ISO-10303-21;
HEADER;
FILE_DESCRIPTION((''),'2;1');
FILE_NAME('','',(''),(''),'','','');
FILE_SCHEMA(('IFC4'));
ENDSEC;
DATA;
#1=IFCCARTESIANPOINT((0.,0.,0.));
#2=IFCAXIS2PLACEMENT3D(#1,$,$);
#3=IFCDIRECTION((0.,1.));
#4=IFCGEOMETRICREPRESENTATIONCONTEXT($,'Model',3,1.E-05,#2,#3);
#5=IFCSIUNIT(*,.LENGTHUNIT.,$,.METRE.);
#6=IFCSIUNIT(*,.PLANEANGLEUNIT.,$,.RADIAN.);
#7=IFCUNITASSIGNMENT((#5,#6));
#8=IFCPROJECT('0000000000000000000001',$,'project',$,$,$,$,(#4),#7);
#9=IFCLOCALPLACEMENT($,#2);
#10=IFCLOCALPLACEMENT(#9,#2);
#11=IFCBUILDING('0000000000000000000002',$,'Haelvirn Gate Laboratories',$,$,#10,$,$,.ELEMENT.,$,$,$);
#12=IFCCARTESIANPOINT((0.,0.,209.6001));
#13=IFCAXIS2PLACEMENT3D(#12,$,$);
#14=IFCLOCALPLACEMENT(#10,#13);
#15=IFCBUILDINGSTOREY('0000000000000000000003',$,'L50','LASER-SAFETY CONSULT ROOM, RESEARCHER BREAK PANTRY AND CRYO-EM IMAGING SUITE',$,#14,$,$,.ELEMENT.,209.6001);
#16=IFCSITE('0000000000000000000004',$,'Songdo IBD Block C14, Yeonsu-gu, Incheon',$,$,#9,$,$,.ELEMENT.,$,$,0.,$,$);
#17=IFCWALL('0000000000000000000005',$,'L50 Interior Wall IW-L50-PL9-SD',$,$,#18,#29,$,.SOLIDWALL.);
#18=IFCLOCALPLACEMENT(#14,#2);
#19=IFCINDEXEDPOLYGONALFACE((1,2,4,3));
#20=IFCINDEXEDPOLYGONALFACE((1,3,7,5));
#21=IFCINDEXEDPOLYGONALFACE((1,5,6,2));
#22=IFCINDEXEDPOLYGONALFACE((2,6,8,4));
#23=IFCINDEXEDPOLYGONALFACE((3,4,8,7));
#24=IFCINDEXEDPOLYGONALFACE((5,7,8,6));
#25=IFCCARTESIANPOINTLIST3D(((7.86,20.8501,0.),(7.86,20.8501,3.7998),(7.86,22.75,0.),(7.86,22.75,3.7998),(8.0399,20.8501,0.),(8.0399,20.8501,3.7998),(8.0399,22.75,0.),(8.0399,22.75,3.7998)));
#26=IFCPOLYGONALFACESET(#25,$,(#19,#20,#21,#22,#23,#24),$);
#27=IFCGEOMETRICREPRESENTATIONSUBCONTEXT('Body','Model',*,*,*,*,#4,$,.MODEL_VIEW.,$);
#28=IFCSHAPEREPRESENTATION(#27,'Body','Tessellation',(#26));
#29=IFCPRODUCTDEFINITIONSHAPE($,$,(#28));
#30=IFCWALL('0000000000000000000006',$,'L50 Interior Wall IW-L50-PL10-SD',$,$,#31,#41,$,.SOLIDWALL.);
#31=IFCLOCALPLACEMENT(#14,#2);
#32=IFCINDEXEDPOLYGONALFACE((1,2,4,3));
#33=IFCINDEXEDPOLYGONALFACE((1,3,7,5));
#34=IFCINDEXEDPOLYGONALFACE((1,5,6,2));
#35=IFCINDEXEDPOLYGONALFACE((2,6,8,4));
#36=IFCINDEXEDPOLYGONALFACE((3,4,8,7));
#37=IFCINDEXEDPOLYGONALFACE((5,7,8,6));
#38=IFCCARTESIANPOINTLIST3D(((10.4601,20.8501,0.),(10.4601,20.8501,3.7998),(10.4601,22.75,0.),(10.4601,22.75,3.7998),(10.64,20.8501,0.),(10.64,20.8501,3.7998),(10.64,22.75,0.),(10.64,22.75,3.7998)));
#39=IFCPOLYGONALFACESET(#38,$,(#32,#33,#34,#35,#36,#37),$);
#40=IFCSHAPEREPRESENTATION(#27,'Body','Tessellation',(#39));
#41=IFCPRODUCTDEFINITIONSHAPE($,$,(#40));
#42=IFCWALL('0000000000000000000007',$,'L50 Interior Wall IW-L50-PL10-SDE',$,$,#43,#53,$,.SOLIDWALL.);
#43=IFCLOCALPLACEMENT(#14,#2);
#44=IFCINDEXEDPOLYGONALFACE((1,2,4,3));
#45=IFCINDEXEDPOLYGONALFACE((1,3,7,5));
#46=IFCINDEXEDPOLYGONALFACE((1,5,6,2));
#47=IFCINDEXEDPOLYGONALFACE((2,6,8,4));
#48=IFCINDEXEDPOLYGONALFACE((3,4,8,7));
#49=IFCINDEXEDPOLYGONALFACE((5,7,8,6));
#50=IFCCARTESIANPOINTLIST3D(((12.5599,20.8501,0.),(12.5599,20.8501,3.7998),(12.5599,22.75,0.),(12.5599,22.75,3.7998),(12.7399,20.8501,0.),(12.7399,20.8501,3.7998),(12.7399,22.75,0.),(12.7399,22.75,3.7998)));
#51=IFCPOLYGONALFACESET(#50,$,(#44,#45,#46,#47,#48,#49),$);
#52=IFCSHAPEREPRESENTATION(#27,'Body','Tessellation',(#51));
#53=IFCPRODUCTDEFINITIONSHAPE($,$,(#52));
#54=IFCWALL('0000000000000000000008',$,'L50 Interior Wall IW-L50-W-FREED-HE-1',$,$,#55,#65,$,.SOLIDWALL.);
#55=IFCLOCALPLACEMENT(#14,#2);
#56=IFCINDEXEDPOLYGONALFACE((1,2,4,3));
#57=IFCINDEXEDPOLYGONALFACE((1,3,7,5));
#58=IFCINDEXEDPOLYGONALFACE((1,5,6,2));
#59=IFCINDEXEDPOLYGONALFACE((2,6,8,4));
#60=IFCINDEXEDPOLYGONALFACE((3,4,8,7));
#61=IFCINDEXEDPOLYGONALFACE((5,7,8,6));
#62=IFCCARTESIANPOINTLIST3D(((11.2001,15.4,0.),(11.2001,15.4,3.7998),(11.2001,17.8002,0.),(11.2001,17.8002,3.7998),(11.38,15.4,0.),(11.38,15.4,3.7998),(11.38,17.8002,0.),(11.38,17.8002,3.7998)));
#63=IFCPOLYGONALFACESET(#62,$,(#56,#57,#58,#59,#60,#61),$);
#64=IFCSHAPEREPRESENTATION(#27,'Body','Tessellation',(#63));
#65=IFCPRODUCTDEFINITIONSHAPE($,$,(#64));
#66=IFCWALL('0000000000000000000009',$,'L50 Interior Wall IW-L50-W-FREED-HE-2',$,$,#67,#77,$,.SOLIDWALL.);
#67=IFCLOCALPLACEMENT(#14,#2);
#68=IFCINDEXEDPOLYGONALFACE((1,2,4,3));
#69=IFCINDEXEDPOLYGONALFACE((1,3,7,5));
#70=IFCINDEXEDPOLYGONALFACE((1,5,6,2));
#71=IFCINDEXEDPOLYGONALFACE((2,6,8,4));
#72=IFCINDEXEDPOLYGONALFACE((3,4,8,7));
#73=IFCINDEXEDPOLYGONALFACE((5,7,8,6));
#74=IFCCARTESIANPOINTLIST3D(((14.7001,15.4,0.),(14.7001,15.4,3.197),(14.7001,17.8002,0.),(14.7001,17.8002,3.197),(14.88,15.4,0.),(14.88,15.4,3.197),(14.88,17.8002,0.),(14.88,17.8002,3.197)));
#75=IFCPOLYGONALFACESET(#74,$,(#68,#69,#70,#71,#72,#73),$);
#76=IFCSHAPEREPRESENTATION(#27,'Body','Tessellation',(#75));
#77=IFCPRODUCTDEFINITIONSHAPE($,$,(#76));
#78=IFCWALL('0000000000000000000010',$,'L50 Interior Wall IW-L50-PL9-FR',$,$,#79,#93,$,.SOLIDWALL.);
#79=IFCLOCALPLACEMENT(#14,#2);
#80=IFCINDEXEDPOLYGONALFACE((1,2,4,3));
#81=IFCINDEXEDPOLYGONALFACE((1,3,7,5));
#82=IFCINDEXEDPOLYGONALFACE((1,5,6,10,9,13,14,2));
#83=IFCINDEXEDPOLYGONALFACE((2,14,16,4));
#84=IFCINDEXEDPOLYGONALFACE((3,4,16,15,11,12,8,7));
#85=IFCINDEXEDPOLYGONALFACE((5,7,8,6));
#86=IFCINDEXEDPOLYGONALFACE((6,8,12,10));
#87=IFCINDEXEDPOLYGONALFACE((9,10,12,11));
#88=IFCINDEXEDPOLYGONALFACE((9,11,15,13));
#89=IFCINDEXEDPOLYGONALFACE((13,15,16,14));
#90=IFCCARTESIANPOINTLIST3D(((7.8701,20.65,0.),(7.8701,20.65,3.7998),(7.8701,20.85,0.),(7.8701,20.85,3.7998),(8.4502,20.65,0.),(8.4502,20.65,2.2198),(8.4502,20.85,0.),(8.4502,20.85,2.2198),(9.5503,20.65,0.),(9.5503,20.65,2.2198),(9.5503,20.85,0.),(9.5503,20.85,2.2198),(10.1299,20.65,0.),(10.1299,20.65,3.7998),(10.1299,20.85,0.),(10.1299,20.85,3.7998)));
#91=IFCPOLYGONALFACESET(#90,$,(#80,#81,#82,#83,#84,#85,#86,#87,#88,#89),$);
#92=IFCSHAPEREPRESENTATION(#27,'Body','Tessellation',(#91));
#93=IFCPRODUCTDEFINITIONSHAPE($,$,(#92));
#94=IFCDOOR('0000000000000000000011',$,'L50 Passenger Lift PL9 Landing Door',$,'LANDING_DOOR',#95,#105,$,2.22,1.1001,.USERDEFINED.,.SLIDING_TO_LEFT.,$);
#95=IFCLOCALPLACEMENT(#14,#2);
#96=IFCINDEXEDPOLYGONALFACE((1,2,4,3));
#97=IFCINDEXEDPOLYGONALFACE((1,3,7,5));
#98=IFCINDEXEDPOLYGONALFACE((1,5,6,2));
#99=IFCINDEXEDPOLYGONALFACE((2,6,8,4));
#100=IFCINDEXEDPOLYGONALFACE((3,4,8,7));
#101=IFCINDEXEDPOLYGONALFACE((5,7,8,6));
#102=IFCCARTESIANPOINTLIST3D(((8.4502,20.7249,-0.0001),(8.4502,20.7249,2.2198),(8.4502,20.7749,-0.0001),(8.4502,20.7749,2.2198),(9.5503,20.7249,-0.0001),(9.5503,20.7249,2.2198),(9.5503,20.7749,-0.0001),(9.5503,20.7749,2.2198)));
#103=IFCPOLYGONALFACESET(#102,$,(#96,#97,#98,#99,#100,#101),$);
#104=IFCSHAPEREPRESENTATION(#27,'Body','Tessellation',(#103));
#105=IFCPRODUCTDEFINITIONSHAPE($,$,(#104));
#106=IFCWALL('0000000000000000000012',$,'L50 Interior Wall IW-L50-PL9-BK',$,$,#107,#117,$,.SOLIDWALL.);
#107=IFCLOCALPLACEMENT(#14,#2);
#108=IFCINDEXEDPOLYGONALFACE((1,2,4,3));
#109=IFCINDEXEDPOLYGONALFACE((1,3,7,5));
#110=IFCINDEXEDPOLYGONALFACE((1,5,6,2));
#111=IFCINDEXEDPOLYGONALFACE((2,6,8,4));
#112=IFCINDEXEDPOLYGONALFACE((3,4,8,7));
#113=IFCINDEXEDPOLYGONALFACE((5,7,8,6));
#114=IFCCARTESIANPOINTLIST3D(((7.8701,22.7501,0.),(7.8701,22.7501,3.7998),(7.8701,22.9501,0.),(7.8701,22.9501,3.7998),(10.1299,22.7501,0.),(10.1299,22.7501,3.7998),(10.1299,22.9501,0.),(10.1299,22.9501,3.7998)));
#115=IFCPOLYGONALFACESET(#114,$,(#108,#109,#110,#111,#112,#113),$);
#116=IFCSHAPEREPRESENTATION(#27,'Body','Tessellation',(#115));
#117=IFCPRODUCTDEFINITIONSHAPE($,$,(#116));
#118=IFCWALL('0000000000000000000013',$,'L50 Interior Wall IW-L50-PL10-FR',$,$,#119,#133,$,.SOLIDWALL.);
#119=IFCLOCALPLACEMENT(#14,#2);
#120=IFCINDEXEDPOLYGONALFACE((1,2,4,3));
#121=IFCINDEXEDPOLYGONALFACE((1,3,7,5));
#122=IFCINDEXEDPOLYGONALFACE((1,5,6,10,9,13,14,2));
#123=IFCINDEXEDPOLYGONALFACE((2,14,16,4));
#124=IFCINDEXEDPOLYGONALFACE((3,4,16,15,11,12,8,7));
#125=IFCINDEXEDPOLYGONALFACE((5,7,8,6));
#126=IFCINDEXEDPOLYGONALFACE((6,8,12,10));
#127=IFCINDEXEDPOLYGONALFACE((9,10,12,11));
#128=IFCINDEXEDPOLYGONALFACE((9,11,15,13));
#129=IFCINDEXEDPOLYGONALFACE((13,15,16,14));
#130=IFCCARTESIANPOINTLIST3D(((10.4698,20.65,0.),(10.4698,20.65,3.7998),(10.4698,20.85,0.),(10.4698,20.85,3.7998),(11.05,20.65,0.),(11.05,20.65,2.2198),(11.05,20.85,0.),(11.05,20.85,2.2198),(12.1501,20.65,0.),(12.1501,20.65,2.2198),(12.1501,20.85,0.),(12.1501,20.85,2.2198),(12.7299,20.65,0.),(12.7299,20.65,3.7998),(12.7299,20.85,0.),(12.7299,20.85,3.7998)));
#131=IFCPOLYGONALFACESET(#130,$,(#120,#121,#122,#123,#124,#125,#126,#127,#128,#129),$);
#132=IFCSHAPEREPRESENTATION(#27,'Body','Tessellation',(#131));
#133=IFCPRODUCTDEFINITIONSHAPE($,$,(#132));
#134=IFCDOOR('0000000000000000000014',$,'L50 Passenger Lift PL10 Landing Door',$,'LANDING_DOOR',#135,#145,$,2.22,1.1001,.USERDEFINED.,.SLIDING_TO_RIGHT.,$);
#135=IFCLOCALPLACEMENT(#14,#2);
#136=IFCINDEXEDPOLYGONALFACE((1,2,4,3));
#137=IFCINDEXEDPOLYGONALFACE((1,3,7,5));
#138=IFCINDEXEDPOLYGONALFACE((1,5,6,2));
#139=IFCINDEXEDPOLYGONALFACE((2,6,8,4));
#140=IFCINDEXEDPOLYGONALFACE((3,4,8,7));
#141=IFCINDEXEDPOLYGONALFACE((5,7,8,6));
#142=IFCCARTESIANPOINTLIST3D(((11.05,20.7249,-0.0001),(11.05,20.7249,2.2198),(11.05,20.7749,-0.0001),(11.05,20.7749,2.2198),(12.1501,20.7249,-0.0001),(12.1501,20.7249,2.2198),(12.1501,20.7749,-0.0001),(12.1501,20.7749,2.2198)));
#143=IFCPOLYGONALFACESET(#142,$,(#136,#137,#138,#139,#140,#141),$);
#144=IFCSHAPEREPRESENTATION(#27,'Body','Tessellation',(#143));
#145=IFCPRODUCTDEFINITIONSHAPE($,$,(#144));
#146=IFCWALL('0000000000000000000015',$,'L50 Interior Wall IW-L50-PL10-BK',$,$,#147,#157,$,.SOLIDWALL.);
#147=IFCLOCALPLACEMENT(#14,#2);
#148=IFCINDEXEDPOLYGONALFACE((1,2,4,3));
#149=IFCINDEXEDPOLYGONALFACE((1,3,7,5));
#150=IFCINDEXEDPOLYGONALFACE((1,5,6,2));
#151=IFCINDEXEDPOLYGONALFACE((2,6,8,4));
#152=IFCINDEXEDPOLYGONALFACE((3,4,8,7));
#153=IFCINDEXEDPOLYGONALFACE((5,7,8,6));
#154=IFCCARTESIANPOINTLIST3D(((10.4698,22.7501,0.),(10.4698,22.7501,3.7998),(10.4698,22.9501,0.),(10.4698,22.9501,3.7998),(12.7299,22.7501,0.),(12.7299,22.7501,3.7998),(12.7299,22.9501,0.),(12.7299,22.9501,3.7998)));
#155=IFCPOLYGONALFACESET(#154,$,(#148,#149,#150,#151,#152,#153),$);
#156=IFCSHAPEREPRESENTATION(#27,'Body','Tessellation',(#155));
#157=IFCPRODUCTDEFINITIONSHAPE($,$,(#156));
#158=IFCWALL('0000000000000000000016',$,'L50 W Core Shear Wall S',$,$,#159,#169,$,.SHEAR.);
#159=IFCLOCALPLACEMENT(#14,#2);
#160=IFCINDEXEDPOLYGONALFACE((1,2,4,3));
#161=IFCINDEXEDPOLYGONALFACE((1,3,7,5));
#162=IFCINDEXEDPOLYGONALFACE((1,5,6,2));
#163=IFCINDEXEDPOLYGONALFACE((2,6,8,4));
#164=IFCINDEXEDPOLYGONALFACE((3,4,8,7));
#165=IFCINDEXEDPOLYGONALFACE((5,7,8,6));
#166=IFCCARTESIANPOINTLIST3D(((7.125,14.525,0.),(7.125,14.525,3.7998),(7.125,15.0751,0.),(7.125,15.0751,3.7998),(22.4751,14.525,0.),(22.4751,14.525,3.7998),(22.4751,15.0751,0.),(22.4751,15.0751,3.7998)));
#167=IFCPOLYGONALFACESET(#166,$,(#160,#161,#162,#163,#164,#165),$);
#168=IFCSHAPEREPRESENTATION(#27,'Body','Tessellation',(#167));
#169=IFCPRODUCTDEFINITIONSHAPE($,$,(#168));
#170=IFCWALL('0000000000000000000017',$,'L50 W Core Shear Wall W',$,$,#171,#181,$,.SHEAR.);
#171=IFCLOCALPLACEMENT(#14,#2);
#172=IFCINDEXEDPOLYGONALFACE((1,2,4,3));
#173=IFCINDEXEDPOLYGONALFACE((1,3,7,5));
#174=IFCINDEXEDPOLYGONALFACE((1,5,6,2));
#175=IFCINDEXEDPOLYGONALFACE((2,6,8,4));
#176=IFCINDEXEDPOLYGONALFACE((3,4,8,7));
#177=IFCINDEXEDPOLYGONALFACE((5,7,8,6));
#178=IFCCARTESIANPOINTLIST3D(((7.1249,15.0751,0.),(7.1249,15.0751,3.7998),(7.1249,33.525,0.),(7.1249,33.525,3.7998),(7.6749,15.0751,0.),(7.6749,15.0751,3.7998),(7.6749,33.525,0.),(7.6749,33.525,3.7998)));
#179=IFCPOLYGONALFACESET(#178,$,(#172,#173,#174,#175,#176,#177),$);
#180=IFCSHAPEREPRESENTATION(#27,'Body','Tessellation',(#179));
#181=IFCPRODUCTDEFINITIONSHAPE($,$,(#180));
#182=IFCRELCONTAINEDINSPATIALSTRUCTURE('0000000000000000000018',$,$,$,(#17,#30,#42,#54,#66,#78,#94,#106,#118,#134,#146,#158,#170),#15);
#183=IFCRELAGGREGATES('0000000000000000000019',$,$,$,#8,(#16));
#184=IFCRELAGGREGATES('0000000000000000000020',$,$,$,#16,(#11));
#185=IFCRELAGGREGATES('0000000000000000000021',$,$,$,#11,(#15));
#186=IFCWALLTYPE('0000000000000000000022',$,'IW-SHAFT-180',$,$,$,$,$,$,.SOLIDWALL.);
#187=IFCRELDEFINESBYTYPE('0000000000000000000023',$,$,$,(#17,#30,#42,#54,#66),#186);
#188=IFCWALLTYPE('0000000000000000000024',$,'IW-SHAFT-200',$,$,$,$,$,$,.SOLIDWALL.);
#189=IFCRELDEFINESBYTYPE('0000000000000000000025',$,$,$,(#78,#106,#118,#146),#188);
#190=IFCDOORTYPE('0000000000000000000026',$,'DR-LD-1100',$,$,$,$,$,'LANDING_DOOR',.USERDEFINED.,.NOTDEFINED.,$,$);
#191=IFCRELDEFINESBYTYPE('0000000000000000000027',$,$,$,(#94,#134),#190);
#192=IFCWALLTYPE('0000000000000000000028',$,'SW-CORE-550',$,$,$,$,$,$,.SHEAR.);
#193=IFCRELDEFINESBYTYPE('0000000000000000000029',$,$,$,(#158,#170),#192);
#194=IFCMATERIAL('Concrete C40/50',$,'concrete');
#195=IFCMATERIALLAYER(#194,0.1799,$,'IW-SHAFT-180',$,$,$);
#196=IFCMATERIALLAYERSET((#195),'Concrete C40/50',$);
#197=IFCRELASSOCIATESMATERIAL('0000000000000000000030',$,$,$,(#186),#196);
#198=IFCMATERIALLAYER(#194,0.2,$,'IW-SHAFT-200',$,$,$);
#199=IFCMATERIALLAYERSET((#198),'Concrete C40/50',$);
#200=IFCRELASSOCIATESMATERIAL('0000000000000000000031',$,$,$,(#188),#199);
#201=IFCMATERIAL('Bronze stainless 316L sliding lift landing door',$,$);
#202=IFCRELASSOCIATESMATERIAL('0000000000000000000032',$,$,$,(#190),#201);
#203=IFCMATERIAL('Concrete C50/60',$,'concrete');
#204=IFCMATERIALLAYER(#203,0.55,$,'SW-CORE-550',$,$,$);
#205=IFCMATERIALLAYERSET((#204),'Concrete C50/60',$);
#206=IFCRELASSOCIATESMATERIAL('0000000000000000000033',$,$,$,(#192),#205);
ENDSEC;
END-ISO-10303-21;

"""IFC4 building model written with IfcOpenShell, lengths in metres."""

from ifc_helpers import new_model, si_unit, direction, frame, frame_2d, origin, place, context, subcontext, project, spatial, rectangle, extrude, source, transform, mapped, material, layer, layer_set, type_object, type_shapes, element, fill, save


model = new_model("IFC4")

# Units and contexts
model_context = context("Model", 3, precision=1e-05, world=origin(), true_north=direction((0.0, 1.0)))
body_context = subcontext(model_context, "Body", "Model", "MODEL_VIEW")
ifc_project = project(units=[si_unit("LENGTHUNIT", "METRE"), si_unit("PLANEANGLEUNIT", "RADIAN")], contexts=[model_context])

# Site, building, storey
site_placement = place(None, origin())
site = spatial("IfcSite", under=ifc_project, at=site_placement, Name="Songdo IBD Block C14, Yeonsu-gu, Incheon", CompositionType="ELEMENT", RefElevation=0.0)
building_placement = place(site_placement, origin())
building = spatial("IfcBuilding", under=site, at=building_placement, Name="Haelvirn Gate Laboratories", CompositionType="ELEMENT")
storey_placement = place(building_placement, frame((0.0, 0.0, 209.6001)))
storey = spatial("IfcBuildingStorey", under=building, at=storey_placement, Name="L50", Description="LASER-SAFETY CONSULT ROOM, RESEARCHER BREAK PANTRY AND CRYO-EM IMAGING SUITE", CompositionType="ELEMENT", Elevation=209.6001)

# Shared definitions
ifc_material_1 = material(Name="Concrete C50/60", Category="concrete")

# Walls
ifc_material_2 = material(Name="Concrete C40/50", Category="concrete")
ifc_layer_1 = layer(ifc_material_2, 0.1799, Name="IW-SHAFT-180")
ifc_layer_set_1 = layer_set([ifc_layer_1], Name="Concrete C40/50")
wall_type_1 = type_object("IfcWallType", Name="IW-SHAFT-180", PredefinedType="SOLIDWALL", material=ifc_layer_set_1)
for number, where, z_axis, x_axis, name in (
    (1, (7.95, 20.8501, 0.0), (0.0, 0.0, 1.0), (0.0, 1.0, 0.0), "L50 Interior Wall IW-L50-PL9-SD"),
    (2, (10.55, 20.8501, 0.0), (0.0, 0.0, 1.0), (0.0, 1.0, 0.0), "L50 Interior Wall IW-L50-PL10-SD"),
    (3, (12.6499, 20.8501, 0.0), (0.0, 0.0, 1.0), (0.0, 1.0, 0.0), "L50 Interior Wall IW-L50-PL10-SDE"),
):
    element("IfcWall", number, at=place(storey_placement, frame(where, z_axis=z_axis, x_axis=x_axis)), inside=storey, type_object=wall_type_1, Name=name, PredefinedType="SOLIDWALL", context=body_context, shape_type="SweptSolid", body=[
        extrude(rectangle(XDim=1.8999, YDim=0.1799, at=frame_2d((0.95, 0.0))), origin(), (0.0, 0.0, 1.0), 3.7998),
    ])

# Wall
wall_1_placement = place(storey_placement, frame((11.29, 15.3999, 0.0), z_axis=(0.0, 0.0, 1.0), x_axis=(0.0, 1.0, 0.0)))
element("IfcWall", 4, at=wall_1_placement, inside=storey, type_object=wall_type_1, Name="L50 Interior Wall IW-L50-W-FREED-HE-1", PredefinedType="SOLIDWALL", context=body_context, shape_type="SweptSolid", body=[
    extrude(rectangle(XDim=2.4001, YDim=0.1799, at=frame_2d((1.2002, 0.0))), origin(), (0.0, 0.0, 1.0), 3.7998),
])

# Wall
wall_2_placement = place(storey_placement, frame((14.79, 15.3999, 0.0), z_axis=(0.0, 0.0, 1.0), x_axis=(0.0, 1.0, 0.0)))
element("IfcWall", 5, at=wall_2_placement, inside=storey, type_object=wall_type_1, Name="L50 Interior Wall IW-L50-W-FREED-HE-2", PredefinedType="SOLIDWALL", context=body_context, shape_type="SweptSolid", body=[
    extrude(rectangle(XDim=2.4001, YDim=0.1799, at=frame_2d((1.2002, 0.0))), origin(), (0.0, 0.0, 1.0), 3.197),
])

# Wall, opening, door
ifc_layer_2 = layer(ifc_material_2, 0.2, Name="IW-SHAFT-200")
ifc_layer_set_2 = layer_set([ifc_layer_2], Name="Concrete C40/50")
wall_type_2 = type_object("IfcWallType", Name="IW-SHAFT-200", PredefinedType="SOLIDWALL", material=ifc_layer_set_2)
wall_3_placement = place(storey_placement, frame((7.8701, 20.75, 0.0), z_axis=(0.0, 0.0, 1.0), x_axis=(1.0, 0.0, 0.0)))
wall_3 = element("IfcWall", 6, at=wall_3_placement, inside=storey, type_object=wall_type_2, Name="L50 Interior Wall IW-L50-PL9-FR", PredefinedType="SOLIDWALL", context=body_context, shape_type="SweptSolid", body=[
    extrude(rectangle(XDim=2.2598, YDim=0.2, at=frame_2d((1.1299, 0.0))), origin(), (0.0, 0.0, 1.0), 3.7998),
])
opening_1_placement = place(wall_3_placement, frame((0.5801, 0.0, 0.0)))
opening_1 = element("IfcOpeningElement", 7, at=opening_1_placement, cuts=wall_3, PredefinedType="OPENING", context=body_context, shape_type="SweptSolid", body=[
    extrude(rectangle(XDim=1.1001, YDim=2.22, at=frame_2d((0.55, 1.1099))), frame((0.0, 0.1099, 0.0), z_axis=(0.0, -1.0, 0.0), x_axis=(1.0, 0.0, 0.0)), (0.0, 0.0, 1.0), 0.22),
])
ifc_material_3 = material(Name="Bronze stainless 316L sliding lift landing door")
door_type_1 = type_object("IfcDoorType", Name="DR-LD-1100", ElementType="LANDING_DOOR", OperationType="NOTDEFINED", PredefinedType="USERDEFINED", material=ifc_material_3)
shared_shape_1 = source(origin(), body_context, "Body", "SweptSolid", [
    extrude(rectangle(XDim=1.1001, YDim=2.22, at=frame_2d((0.55, 1.1099))), frame((0.0, 0.0249, 0.0), z_axis=(0.0, -1.0, 0.0), x_axis=(1.0, 0.0, 0.0)), (0.0, 0.0, 1.0), 0.05),
])
type_shapes(door_type_1, [shared_shape_1])
door_1_placement = place(opening_1_placement, origin())
door_1 = element("IfcDoor", 8, at=door_1_placement, inside=storey, type_object=door_type_1, Name="L50 Passenger Lift PL9 Landing Door", ObjectType="LANDING_DOOR", OperationType="SLIDING_TO_LEFT", OverallHeight=2.22, OverallWidth=1.1001, PredefinedType="USERDEFINED", context=body_context, shape_type="MappedRepresentation", body=[
    mapped(shared_shape_1, transform((0.0, 0.0, 0.0), scale=1.0)),
])
fill(opening_1, door_1)

# Wall
wall_4_placement = place(storey_placement, frame((7.8701, 22.8501, 0.0), z_axis=(0.0, 0.0, 1.0), x_axis=(1.0, 0.0, 0.0)))
element("IfcWall", 9, at=wall_4_placement, inside=storey, type_object=wall_type_2, Name="L50 Interior Wall IW-L50-PL9-BK", PredefinedType="SOLIDWALL", context=body_context, shape_type="SweptSolid", body=[
    extrude(rectangle(XDim=2.2598, YDim=0.2, at=frame_2d((1.1299, 0.0))), origin(), (0.0, 0.0, 1.0), 3.7998),
])

# Wall, opening, door
wall_5_placement = place(storey_placement, frame((10.47, 20.75, 0.0), z_axis=(0.0, 0.0, 1.0), x_axis=(1.0, 0.0, 0.0)))
wall_5 = element("IfcWall", 10, at=wall_5_placement, inside=storey, type_object=wall_type_2, Name="L50 Interior Wall IW-L50-PL10-FR", PredefinedType="SOLIDWALL", context=body_context, shape_type="SweptSolid", body=[
    extrude(rectangle(XDim=2.26, YDim=0.2, at=frame_2d((1.1299, 0.0))), origin(), (0.0, 0.0, 1.0), 3.7998),
])
opening_2_placement = place(wall_5_placement, frame((0.5801, 0.0, 0.0)))
opening_2 = element("IfcOpeningElement", 11, at=opening_2_placement, cuts=wall_5, PredefinedType="OPENING", context=body_context, shape_type="SweptSolid", body=[
    extrude(rectangle(XDim=1.1001, YDim=2.22, at=frame_2d((0.55, 1.1099))), frame((0.0, 0.1099, 0.0), z_axis=(0.0, -1.0, 0.0), x_axis=(1.0, 0.0, 0.0)), (0.0, 0.0, 1.0), 0.22),
])
door_2_placement = place(opening_2_placement, origin())
door_2 = element("IfcDoor", 12, at=door_2_placement, inside=storey, type_object=door_type_1, Name="L50 Passenger Lift PL10 Landing Door", ObjectType="LANDING_DOOR", OperationType="SLIDING_TO_RIGHT", OverallHeight=2.22, OverallWidth=1.1001, PredefinedType="USERDEFINED", context=body_context, shape_type="MappedRepresentation", body=[
    mapped(shared_shape_1, transform((0.0, 0.0, 0.0), scale=1.0)),
])
fill(opening_2, door_2)

# Walls
wall_6_placement = place(storey_placement, frame((10.47, 22.8501, 0.0), z_axis=(0.0, 0.0, 1.0), x_axis=(1.0, 0.0, 0.0)))
element("IfcWall", 13, at=wall_6_placement, inside=storey, type_object=wall_type_2, Name="L50 Interior Wall IW-L50-PL10-BK", PredefinedType="SOLIDWALL", context=body_context, shape_type="SweptSolid", body=[
    extrude(rectangle(XDim=2.26, YDim=0.2, at=frame_2d((1.1299, 0.0))), origin(), (0.0, 0.0, 1.0), 3.7998),
])
ifc_layer_3 = layer(ifc_material_1, 0.55, Name="SW-CORE-550")
ifc_layer_set_3 = layer_set([ifc_layer_3], Name="Concrete C50/60")
wall_type_3 = type_object("IfcWallType", Name="SW-CORE-550", PredefinedType="SHEAR", material=ifc_layer_set_3)
wall_7_placement = place(storey_placement, frame((7.125, 14.8, 0.0), z_axis=(0.0, 0.0, 1.0), x_axis=(1.0, 0.0, 0.0)))
element("IfcWall", 14, at=wall_7_placement, inside=storey, type_object=wall_type_3, Name="L50 W Core Shear Wall S", PredefinedType="SHEAR", context=body_context, shape_type="SweptSolid", body=[
    extrude(rectangle(XDim=15.3501, YDim=0.55, at=frame_2d((7.675, 0.0))), origin(), (0.0, 0.0, 1.0), 3.7998),
])
wall_8_placement = place(storey_placement, frame((7.3999, 15.075, 0.0), z_axis=(0.0, 0.0, 1.0), x_axis=(0.0, 1.0, 0.0)))
element("IfcWall", 15, at=wall_8_placement, inside=storey, type_object=wall_type_3, Name="L50 W Core Shear Wall W", PredefinedType="SHEAR", context=body_context, shape_type="SweptSolid", body=[
    extrude(rectangle(XDim=18.45, YDim=0.55, at=frame_2d((9.2251, 0.0))), origin(), (0.0, 0.0, 1.0), 3.7998),
])

save(model, "model.ifc")
